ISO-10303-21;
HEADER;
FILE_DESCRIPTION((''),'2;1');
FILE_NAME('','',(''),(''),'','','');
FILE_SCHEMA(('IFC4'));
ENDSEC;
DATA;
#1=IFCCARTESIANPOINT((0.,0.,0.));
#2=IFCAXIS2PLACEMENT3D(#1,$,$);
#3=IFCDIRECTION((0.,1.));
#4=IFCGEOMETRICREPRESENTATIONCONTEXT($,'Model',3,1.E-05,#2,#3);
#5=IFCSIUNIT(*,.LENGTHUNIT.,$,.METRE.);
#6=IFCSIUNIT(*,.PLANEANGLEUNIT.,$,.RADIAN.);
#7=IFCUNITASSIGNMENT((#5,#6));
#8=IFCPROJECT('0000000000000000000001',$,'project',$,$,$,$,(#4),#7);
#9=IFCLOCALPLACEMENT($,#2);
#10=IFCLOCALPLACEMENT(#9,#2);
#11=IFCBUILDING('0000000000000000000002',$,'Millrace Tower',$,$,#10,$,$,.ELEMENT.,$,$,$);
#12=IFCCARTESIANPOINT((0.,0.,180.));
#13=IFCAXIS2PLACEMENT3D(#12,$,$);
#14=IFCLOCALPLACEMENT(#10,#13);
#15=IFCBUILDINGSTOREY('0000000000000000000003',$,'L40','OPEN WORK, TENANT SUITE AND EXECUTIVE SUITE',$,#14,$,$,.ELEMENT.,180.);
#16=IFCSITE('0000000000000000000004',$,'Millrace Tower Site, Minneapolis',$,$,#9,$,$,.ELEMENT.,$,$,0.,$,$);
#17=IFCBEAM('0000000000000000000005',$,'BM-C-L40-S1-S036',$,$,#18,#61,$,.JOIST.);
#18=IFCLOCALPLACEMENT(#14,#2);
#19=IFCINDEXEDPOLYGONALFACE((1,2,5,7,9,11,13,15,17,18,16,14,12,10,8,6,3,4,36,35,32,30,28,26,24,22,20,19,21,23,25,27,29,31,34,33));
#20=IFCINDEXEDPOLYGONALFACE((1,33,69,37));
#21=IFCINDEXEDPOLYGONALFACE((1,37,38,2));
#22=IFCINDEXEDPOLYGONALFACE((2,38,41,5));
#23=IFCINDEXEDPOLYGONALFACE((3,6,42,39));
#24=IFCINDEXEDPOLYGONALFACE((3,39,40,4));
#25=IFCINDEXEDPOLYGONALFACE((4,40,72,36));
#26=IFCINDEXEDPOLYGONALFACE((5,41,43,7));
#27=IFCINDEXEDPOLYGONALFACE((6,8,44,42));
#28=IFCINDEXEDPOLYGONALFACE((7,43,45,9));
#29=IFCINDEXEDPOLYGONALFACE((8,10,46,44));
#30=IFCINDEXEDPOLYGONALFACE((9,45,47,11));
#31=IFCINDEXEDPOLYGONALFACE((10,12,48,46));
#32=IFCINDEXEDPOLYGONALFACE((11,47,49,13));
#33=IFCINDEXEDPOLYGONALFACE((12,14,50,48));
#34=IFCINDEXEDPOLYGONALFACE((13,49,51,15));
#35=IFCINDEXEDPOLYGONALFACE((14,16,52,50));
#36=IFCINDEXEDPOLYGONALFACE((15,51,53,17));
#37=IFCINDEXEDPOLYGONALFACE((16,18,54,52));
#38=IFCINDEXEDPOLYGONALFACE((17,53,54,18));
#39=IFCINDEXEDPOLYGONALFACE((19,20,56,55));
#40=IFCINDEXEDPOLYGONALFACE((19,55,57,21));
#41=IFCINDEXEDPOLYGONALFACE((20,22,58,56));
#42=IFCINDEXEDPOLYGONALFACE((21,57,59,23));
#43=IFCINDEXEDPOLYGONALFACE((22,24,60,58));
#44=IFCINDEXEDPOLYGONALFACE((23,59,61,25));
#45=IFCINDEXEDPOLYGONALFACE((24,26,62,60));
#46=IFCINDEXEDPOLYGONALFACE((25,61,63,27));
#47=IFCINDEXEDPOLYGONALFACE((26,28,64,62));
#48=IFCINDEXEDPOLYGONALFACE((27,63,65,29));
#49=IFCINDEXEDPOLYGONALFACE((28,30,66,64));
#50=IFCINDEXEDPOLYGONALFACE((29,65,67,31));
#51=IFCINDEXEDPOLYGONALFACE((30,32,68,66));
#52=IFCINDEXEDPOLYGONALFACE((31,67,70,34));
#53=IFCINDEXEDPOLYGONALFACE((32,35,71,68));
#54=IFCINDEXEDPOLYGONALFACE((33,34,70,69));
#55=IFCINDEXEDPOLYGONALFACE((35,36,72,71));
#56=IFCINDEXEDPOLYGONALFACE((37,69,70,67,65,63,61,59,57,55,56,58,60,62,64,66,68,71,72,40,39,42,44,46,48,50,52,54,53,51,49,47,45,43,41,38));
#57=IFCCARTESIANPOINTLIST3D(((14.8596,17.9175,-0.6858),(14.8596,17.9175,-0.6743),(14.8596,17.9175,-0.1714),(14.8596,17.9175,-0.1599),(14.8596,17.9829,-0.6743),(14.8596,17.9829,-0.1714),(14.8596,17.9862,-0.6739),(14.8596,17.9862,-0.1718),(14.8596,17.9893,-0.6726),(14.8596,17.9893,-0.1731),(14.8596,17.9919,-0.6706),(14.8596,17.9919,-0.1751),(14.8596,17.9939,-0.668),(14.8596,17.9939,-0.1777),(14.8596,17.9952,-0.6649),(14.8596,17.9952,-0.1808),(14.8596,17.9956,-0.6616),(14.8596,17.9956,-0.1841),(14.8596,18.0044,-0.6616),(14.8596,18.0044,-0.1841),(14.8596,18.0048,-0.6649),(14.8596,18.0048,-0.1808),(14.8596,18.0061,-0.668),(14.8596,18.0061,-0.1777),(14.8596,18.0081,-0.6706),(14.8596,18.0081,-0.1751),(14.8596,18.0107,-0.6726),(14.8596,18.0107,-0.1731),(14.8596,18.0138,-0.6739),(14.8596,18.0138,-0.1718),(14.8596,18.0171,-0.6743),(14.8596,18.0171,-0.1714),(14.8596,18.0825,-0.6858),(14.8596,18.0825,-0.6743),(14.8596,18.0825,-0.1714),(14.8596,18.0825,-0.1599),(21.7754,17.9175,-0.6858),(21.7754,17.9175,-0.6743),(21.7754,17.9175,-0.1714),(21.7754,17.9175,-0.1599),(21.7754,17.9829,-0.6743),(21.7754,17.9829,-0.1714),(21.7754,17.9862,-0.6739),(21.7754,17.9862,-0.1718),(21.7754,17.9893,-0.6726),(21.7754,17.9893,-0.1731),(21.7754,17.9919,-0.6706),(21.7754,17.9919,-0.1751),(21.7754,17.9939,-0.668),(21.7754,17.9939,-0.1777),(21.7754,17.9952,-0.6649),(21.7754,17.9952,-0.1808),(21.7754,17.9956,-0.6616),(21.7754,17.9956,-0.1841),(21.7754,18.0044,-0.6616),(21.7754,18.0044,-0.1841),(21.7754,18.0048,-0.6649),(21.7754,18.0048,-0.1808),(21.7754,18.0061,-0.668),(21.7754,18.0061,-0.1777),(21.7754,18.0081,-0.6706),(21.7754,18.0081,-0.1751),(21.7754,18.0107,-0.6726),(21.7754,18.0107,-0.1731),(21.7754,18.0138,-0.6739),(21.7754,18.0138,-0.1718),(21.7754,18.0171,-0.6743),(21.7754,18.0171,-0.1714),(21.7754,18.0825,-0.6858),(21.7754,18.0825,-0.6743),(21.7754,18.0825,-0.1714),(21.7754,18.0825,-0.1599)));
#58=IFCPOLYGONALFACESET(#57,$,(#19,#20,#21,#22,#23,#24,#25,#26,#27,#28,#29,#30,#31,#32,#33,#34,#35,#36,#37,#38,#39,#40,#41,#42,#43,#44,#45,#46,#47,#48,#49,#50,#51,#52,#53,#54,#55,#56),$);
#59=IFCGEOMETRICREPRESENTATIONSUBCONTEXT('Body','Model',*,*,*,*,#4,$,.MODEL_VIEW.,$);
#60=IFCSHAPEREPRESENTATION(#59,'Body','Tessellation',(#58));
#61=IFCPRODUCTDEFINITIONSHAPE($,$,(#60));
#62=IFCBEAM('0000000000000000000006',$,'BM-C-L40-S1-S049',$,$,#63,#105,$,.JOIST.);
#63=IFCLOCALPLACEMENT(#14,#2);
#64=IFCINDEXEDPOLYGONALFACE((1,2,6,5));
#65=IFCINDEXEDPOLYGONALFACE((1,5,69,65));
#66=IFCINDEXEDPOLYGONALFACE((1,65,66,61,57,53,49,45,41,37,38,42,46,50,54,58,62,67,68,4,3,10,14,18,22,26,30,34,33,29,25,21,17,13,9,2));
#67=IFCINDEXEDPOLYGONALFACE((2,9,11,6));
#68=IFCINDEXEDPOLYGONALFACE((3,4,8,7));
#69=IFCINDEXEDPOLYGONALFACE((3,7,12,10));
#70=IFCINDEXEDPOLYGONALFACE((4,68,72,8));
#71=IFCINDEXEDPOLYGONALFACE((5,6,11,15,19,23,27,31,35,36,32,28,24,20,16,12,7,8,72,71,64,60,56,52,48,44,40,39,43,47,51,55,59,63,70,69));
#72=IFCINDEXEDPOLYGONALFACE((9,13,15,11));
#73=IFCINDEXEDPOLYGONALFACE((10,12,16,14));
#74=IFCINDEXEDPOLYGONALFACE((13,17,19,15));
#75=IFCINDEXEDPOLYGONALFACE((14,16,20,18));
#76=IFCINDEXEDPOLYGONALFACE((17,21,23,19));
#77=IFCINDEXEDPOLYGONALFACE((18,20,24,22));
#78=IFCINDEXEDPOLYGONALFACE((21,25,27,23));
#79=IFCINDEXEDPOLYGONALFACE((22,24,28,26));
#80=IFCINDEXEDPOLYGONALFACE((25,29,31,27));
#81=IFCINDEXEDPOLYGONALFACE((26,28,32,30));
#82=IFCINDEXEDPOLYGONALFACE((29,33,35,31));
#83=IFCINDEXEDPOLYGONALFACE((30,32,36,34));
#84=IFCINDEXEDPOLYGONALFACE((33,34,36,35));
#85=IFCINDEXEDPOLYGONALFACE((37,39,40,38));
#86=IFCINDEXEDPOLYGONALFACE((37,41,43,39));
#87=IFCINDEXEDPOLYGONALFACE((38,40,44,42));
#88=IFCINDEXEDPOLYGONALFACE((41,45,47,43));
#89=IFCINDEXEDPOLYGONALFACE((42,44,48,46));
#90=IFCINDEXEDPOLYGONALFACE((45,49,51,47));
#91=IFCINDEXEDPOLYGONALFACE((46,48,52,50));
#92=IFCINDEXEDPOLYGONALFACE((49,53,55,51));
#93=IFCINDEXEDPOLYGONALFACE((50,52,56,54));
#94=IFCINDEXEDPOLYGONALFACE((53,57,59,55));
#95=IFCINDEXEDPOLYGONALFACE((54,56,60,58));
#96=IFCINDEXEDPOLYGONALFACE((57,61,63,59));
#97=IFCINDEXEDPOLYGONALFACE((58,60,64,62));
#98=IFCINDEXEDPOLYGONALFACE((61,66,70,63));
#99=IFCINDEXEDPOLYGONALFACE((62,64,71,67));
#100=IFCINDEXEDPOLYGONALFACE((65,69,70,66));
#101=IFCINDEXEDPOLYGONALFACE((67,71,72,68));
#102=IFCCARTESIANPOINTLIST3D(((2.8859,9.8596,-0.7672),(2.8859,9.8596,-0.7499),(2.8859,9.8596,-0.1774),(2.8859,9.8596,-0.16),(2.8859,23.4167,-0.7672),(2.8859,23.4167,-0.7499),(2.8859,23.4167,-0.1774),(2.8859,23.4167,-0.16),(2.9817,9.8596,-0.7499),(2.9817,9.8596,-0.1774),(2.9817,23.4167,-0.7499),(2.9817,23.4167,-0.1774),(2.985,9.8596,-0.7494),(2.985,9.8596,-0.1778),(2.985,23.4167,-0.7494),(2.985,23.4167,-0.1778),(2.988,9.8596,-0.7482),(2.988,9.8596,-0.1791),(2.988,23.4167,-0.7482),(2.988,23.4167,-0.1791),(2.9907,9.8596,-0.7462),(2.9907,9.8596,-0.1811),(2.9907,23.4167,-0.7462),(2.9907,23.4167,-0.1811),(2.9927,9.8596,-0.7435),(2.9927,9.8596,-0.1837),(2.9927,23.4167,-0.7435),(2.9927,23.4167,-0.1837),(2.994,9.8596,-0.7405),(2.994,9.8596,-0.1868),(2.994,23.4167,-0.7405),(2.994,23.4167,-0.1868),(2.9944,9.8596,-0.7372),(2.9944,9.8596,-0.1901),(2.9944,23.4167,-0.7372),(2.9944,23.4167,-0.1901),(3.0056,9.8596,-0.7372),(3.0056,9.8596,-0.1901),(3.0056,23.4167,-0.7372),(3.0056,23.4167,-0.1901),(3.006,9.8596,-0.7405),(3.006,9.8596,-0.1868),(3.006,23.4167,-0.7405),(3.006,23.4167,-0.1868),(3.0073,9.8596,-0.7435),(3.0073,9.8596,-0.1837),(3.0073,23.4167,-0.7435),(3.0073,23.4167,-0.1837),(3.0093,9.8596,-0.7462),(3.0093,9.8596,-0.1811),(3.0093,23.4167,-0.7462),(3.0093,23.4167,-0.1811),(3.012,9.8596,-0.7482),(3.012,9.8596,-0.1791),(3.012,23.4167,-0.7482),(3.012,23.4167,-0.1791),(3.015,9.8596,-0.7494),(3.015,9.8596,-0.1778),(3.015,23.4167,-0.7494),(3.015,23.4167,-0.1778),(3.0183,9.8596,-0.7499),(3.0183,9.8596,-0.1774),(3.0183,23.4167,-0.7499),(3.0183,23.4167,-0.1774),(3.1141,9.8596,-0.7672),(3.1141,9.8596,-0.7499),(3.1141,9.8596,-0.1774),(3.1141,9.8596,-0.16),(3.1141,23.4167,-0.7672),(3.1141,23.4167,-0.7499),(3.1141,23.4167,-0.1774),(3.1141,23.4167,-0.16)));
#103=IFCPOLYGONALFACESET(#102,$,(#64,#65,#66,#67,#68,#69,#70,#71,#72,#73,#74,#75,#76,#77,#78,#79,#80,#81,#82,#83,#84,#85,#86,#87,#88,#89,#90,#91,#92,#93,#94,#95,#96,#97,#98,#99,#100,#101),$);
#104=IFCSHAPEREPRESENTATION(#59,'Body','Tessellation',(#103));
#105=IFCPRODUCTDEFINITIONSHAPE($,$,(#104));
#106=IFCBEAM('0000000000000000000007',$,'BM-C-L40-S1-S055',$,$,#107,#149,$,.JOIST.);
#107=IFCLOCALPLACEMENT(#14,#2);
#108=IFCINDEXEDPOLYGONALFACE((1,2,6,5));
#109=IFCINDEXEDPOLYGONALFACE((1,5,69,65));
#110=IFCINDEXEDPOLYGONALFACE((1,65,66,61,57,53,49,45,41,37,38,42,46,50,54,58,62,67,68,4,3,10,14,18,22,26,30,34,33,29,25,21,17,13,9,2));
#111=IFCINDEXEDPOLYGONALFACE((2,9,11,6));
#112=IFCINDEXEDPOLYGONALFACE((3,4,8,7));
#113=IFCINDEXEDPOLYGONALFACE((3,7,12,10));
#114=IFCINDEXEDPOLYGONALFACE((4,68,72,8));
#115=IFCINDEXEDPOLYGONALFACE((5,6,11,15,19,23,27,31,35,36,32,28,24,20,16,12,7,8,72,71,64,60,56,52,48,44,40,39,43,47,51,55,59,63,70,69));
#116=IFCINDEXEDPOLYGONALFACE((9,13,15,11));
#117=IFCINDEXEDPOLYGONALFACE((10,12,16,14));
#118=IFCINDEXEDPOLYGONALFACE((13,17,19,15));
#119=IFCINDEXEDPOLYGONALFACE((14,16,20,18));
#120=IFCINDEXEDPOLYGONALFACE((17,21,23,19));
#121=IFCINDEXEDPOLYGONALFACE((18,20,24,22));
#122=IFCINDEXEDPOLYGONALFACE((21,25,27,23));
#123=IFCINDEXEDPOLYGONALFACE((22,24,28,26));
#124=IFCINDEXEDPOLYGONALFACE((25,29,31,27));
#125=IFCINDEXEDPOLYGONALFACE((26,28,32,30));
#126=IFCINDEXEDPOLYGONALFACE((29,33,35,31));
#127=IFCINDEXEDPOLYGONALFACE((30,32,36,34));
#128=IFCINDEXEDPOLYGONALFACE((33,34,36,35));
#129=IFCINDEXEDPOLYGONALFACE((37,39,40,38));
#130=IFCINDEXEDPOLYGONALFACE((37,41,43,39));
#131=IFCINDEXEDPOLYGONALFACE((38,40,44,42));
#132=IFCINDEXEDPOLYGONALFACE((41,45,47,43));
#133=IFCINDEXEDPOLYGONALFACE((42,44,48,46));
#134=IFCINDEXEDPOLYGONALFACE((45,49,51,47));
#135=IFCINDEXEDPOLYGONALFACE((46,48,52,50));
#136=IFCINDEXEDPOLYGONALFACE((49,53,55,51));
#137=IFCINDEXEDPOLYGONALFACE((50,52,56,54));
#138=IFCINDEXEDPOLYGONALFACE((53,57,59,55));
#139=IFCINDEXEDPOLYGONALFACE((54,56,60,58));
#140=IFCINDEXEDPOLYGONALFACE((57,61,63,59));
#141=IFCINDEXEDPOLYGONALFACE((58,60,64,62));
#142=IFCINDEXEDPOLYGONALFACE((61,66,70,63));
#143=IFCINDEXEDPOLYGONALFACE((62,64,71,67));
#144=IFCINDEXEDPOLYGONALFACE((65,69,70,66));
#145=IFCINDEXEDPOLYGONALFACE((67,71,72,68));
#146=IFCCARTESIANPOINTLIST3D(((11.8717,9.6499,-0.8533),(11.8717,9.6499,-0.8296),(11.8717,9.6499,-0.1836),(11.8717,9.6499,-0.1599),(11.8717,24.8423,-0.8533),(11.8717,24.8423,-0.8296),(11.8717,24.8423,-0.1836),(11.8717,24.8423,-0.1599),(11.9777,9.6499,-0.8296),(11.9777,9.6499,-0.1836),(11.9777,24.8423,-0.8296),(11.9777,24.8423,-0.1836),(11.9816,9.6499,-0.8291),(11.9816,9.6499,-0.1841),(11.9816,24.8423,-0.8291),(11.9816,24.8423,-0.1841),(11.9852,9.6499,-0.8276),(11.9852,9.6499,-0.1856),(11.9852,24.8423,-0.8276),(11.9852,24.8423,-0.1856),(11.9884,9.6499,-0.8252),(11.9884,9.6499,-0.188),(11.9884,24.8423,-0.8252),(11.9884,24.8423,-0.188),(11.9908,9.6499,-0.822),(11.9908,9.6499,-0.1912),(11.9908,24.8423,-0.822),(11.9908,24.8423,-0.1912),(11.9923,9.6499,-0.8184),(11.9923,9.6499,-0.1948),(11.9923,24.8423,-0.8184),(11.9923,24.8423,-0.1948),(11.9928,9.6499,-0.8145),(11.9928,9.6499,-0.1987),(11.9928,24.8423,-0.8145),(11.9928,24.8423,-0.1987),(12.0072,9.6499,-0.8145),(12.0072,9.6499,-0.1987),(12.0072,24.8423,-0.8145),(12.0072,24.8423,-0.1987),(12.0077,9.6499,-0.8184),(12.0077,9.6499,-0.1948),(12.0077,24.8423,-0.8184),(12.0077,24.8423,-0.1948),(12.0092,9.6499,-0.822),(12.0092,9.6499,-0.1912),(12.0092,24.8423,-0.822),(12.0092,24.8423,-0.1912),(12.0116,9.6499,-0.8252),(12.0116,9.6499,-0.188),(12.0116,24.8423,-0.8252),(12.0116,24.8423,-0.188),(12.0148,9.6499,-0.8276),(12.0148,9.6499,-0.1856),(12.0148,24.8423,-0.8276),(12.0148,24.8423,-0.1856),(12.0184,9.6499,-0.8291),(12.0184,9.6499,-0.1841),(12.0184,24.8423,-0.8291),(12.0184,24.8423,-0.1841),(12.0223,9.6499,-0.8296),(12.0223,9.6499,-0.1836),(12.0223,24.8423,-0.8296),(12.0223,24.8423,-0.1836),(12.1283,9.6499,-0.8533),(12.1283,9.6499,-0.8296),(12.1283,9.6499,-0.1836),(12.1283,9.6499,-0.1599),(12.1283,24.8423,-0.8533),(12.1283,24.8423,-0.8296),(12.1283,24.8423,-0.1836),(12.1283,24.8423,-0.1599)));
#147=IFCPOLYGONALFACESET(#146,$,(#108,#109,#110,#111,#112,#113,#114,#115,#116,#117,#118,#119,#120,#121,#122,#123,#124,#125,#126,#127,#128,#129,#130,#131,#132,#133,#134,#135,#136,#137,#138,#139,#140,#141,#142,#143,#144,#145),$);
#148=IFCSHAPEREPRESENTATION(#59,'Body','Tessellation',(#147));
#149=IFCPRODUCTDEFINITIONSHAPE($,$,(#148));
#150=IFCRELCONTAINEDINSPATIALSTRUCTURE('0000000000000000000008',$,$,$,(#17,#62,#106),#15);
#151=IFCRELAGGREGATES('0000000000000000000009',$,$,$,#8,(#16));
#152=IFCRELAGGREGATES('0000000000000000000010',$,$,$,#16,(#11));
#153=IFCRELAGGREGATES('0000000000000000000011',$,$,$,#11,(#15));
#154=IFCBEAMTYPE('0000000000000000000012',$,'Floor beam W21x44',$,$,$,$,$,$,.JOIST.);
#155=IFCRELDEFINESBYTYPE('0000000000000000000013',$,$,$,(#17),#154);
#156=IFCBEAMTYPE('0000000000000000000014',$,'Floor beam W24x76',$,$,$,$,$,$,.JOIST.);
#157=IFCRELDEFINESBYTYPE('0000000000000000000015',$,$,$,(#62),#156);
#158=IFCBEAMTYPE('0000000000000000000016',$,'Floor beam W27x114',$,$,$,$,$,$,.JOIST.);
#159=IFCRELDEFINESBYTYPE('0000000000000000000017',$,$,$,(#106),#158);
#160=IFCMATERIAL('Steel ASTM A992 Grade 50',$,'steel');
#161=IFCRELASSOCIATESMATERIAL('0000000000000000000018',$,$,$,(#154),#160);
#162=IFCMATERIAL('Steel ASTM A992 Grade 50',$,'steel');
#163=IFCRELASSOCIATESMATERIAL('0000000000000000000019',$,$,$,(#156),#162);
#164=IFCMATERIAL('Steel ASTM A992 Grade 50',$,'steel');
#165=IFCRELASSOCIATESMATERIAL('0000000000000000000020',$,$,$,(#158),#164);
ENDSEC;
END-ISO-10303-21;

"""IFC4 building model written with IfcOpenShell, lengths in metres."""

from ifc_helpers import new_model, si_unit, direction, frame, origin, origin_2d, place, context, subcontext, project, spatial, i_section, extrude, material, material_profile, profile_set, type_object, element, save


model = new_model("IFC4")

# Units and contexts
model_context = context("Model", 3, precision=1e-05, world=origin(), true_north=direction((0.0, 1.0)))
body_context = subcontext(model_context, "Body", "Model", "MODEL_VIEW")
ifc_project = project(units=[si_unit("LENGTHUNIT", "METRE"), si_unit("PLANEANGLEUNIT", "RADIAN")], contexts=[model_context])

# Site, building, storey
site_placement = place(None, origin())
site = spatial("IfcSite", under=ifc_project, at=site_placement, Name="Millrace Tower Site, Minneapolis", CompositionType="ELEMENT", RefElevation=0.0)
building_placement = place(site_placement, origin())
building = spatial("IfcBuilding", under=site, at=building_placement, Name="Millrace Tower", CompositionType="ELEMENT")
storey_placement = place(building_placement, frame((0.0, 0.0, 180.0)))
storey = spatial("IfcBuildingStorey", under=building, at=storey_placement, Name="L40", Description="OPEN WORK, TENANT SUITE AND EXECUTIVE SUITE", CompositionType="ELEMENT", Elevation=180.0)

# Beams
ifc_material_1 = material(Name="Steel ASTM A992 Grade 50", Category="steel")
ifc_material_profile_1 = material_profile(ifc_material_1, i_section(OverallWidth=0.165, OverallDepth=0.5259, WebThickness=0.0088, FlangeThickness=0.0115, FilletRadius=0.0127, at=origin_2d()))
ifc_profile_set_1 = profile_set([ifc_material_profile_1], Name="Steel ASTM A992 Grade 50")
beam_type_1 = type_object("IfcBeamType", Name="Floor beam W21x44", PredefinedType="JOIST", material=ifc_profile_set_1)
beam_1_placement = place(storey_placement, frame((14.8596, 18.0, -0.4229), z_axis=(1.0, 0.0, 0.0), x_axis=(0.0, 1.0, 0.0)))
element("IfcBeam", 1, at=beam_1_placement, inside=storey, type_object=beam_type_1, Name="BM-C-L40-S1-S036", PredefinedType="JOIST", context=body_context, shape_type="SweptSolid", body=[
    extrude(i_section(OverallWidth=0.165, OverallDepth=0.5259, WebThickness=0.0088, FlangeThickness=0.0115, FilletRadius=0.0127, at=origin_2d()), origin(), (0.0, 0.0, 1.0), 6.9158),
])
ifc_material_2 = material(Name="Steel ASTM A992 Grade 50", Category="steel")
ifc_material_profile_2 = material_profile(ifc_material_2, i_section(OverallWidth=0.2283, OverallDepth=0.6072, WebThickness=0.0112, FlangeThickness=0.0173, FilletRadius=0.0127, at=origin_2d()))
ifc_profile_set_2 = profile_set([ifc_material_profile_2], Name="Steel ASTM A992 Grade 50")
beam_type_2 = type_object("IfcBeamType", Name="Floor beam W24x76", PredefinedType="JOIST", material=ifc_profile_set_2)
beam_2_placement = place(storey_placement, frame((3.0, 9.8596, -0.4636), z_axis=(0.0, 1.0, 0.0), x_axis=(-1.0, 0.0, 0.0)))
element("IfcBeam", 2, at=beam_2_placement, inside=storey, type_object=beam_type_2, Name="BM-C-L40-S1-S049", PredefinedType="JOIST", context=body_context, shape_type="SweptSolid", body=[
    extrude(i_section(OverallWidth=0.2283, OverallDepth=0.6072, WebThickness=0.0112, FlangeThickness=0.0173, FilletRadius=0.0127, at=origin_2d()), origin(), (0.0, 0.0, 1.0), 13.5571),
])
ifc_material_3 = material(Name="Steel ASTM A992 Grade 50", Category="steel")
ifc_material_profile_3 = material_profile(ifc_material_3, i_section(OverallWidth=0.2566, OverallDepth=0.6934, WebThickness=0.0144, FlangeThickness=0.0237, FilletRadius=0.0151, at=origin_2d()))
ifc_profile_set_3 = profile_set([ifc_material_profile_3], Name="Steel ASTM A992 Grade 50")
beam_type_3 = type_object("IfcBeamType", Name="Floor beam W27x114", PredefinedType="JOIST", material=ifc_profile_set_3)
beam_3_placement = place(storey_placement, frame((12.0, 9.6499, -0.5066), z_axis=(0.0, 1.0, 0.0), x_axis=(-1.0, 0.0, 0.0)))
element("IfcBeam", 3, at=beam_3_placement, inside=storey, type_object=beam_type_3, Name="BM-C-L40-S1-S055", PredefinedType="JOIST", context=body_context, shape_type="SweptSolid", body=[
    extrude(i_section(OverallWidth=0.2566, OverallDepth=0.6934, WebThickness=0.0144, FlangeThickness=0.0237, FilletRadius=0.0151, at=origin_2d()), origin(), (0.0, 0.0, 1.0), 15.1924),
])

save(model, "model.ifc")
